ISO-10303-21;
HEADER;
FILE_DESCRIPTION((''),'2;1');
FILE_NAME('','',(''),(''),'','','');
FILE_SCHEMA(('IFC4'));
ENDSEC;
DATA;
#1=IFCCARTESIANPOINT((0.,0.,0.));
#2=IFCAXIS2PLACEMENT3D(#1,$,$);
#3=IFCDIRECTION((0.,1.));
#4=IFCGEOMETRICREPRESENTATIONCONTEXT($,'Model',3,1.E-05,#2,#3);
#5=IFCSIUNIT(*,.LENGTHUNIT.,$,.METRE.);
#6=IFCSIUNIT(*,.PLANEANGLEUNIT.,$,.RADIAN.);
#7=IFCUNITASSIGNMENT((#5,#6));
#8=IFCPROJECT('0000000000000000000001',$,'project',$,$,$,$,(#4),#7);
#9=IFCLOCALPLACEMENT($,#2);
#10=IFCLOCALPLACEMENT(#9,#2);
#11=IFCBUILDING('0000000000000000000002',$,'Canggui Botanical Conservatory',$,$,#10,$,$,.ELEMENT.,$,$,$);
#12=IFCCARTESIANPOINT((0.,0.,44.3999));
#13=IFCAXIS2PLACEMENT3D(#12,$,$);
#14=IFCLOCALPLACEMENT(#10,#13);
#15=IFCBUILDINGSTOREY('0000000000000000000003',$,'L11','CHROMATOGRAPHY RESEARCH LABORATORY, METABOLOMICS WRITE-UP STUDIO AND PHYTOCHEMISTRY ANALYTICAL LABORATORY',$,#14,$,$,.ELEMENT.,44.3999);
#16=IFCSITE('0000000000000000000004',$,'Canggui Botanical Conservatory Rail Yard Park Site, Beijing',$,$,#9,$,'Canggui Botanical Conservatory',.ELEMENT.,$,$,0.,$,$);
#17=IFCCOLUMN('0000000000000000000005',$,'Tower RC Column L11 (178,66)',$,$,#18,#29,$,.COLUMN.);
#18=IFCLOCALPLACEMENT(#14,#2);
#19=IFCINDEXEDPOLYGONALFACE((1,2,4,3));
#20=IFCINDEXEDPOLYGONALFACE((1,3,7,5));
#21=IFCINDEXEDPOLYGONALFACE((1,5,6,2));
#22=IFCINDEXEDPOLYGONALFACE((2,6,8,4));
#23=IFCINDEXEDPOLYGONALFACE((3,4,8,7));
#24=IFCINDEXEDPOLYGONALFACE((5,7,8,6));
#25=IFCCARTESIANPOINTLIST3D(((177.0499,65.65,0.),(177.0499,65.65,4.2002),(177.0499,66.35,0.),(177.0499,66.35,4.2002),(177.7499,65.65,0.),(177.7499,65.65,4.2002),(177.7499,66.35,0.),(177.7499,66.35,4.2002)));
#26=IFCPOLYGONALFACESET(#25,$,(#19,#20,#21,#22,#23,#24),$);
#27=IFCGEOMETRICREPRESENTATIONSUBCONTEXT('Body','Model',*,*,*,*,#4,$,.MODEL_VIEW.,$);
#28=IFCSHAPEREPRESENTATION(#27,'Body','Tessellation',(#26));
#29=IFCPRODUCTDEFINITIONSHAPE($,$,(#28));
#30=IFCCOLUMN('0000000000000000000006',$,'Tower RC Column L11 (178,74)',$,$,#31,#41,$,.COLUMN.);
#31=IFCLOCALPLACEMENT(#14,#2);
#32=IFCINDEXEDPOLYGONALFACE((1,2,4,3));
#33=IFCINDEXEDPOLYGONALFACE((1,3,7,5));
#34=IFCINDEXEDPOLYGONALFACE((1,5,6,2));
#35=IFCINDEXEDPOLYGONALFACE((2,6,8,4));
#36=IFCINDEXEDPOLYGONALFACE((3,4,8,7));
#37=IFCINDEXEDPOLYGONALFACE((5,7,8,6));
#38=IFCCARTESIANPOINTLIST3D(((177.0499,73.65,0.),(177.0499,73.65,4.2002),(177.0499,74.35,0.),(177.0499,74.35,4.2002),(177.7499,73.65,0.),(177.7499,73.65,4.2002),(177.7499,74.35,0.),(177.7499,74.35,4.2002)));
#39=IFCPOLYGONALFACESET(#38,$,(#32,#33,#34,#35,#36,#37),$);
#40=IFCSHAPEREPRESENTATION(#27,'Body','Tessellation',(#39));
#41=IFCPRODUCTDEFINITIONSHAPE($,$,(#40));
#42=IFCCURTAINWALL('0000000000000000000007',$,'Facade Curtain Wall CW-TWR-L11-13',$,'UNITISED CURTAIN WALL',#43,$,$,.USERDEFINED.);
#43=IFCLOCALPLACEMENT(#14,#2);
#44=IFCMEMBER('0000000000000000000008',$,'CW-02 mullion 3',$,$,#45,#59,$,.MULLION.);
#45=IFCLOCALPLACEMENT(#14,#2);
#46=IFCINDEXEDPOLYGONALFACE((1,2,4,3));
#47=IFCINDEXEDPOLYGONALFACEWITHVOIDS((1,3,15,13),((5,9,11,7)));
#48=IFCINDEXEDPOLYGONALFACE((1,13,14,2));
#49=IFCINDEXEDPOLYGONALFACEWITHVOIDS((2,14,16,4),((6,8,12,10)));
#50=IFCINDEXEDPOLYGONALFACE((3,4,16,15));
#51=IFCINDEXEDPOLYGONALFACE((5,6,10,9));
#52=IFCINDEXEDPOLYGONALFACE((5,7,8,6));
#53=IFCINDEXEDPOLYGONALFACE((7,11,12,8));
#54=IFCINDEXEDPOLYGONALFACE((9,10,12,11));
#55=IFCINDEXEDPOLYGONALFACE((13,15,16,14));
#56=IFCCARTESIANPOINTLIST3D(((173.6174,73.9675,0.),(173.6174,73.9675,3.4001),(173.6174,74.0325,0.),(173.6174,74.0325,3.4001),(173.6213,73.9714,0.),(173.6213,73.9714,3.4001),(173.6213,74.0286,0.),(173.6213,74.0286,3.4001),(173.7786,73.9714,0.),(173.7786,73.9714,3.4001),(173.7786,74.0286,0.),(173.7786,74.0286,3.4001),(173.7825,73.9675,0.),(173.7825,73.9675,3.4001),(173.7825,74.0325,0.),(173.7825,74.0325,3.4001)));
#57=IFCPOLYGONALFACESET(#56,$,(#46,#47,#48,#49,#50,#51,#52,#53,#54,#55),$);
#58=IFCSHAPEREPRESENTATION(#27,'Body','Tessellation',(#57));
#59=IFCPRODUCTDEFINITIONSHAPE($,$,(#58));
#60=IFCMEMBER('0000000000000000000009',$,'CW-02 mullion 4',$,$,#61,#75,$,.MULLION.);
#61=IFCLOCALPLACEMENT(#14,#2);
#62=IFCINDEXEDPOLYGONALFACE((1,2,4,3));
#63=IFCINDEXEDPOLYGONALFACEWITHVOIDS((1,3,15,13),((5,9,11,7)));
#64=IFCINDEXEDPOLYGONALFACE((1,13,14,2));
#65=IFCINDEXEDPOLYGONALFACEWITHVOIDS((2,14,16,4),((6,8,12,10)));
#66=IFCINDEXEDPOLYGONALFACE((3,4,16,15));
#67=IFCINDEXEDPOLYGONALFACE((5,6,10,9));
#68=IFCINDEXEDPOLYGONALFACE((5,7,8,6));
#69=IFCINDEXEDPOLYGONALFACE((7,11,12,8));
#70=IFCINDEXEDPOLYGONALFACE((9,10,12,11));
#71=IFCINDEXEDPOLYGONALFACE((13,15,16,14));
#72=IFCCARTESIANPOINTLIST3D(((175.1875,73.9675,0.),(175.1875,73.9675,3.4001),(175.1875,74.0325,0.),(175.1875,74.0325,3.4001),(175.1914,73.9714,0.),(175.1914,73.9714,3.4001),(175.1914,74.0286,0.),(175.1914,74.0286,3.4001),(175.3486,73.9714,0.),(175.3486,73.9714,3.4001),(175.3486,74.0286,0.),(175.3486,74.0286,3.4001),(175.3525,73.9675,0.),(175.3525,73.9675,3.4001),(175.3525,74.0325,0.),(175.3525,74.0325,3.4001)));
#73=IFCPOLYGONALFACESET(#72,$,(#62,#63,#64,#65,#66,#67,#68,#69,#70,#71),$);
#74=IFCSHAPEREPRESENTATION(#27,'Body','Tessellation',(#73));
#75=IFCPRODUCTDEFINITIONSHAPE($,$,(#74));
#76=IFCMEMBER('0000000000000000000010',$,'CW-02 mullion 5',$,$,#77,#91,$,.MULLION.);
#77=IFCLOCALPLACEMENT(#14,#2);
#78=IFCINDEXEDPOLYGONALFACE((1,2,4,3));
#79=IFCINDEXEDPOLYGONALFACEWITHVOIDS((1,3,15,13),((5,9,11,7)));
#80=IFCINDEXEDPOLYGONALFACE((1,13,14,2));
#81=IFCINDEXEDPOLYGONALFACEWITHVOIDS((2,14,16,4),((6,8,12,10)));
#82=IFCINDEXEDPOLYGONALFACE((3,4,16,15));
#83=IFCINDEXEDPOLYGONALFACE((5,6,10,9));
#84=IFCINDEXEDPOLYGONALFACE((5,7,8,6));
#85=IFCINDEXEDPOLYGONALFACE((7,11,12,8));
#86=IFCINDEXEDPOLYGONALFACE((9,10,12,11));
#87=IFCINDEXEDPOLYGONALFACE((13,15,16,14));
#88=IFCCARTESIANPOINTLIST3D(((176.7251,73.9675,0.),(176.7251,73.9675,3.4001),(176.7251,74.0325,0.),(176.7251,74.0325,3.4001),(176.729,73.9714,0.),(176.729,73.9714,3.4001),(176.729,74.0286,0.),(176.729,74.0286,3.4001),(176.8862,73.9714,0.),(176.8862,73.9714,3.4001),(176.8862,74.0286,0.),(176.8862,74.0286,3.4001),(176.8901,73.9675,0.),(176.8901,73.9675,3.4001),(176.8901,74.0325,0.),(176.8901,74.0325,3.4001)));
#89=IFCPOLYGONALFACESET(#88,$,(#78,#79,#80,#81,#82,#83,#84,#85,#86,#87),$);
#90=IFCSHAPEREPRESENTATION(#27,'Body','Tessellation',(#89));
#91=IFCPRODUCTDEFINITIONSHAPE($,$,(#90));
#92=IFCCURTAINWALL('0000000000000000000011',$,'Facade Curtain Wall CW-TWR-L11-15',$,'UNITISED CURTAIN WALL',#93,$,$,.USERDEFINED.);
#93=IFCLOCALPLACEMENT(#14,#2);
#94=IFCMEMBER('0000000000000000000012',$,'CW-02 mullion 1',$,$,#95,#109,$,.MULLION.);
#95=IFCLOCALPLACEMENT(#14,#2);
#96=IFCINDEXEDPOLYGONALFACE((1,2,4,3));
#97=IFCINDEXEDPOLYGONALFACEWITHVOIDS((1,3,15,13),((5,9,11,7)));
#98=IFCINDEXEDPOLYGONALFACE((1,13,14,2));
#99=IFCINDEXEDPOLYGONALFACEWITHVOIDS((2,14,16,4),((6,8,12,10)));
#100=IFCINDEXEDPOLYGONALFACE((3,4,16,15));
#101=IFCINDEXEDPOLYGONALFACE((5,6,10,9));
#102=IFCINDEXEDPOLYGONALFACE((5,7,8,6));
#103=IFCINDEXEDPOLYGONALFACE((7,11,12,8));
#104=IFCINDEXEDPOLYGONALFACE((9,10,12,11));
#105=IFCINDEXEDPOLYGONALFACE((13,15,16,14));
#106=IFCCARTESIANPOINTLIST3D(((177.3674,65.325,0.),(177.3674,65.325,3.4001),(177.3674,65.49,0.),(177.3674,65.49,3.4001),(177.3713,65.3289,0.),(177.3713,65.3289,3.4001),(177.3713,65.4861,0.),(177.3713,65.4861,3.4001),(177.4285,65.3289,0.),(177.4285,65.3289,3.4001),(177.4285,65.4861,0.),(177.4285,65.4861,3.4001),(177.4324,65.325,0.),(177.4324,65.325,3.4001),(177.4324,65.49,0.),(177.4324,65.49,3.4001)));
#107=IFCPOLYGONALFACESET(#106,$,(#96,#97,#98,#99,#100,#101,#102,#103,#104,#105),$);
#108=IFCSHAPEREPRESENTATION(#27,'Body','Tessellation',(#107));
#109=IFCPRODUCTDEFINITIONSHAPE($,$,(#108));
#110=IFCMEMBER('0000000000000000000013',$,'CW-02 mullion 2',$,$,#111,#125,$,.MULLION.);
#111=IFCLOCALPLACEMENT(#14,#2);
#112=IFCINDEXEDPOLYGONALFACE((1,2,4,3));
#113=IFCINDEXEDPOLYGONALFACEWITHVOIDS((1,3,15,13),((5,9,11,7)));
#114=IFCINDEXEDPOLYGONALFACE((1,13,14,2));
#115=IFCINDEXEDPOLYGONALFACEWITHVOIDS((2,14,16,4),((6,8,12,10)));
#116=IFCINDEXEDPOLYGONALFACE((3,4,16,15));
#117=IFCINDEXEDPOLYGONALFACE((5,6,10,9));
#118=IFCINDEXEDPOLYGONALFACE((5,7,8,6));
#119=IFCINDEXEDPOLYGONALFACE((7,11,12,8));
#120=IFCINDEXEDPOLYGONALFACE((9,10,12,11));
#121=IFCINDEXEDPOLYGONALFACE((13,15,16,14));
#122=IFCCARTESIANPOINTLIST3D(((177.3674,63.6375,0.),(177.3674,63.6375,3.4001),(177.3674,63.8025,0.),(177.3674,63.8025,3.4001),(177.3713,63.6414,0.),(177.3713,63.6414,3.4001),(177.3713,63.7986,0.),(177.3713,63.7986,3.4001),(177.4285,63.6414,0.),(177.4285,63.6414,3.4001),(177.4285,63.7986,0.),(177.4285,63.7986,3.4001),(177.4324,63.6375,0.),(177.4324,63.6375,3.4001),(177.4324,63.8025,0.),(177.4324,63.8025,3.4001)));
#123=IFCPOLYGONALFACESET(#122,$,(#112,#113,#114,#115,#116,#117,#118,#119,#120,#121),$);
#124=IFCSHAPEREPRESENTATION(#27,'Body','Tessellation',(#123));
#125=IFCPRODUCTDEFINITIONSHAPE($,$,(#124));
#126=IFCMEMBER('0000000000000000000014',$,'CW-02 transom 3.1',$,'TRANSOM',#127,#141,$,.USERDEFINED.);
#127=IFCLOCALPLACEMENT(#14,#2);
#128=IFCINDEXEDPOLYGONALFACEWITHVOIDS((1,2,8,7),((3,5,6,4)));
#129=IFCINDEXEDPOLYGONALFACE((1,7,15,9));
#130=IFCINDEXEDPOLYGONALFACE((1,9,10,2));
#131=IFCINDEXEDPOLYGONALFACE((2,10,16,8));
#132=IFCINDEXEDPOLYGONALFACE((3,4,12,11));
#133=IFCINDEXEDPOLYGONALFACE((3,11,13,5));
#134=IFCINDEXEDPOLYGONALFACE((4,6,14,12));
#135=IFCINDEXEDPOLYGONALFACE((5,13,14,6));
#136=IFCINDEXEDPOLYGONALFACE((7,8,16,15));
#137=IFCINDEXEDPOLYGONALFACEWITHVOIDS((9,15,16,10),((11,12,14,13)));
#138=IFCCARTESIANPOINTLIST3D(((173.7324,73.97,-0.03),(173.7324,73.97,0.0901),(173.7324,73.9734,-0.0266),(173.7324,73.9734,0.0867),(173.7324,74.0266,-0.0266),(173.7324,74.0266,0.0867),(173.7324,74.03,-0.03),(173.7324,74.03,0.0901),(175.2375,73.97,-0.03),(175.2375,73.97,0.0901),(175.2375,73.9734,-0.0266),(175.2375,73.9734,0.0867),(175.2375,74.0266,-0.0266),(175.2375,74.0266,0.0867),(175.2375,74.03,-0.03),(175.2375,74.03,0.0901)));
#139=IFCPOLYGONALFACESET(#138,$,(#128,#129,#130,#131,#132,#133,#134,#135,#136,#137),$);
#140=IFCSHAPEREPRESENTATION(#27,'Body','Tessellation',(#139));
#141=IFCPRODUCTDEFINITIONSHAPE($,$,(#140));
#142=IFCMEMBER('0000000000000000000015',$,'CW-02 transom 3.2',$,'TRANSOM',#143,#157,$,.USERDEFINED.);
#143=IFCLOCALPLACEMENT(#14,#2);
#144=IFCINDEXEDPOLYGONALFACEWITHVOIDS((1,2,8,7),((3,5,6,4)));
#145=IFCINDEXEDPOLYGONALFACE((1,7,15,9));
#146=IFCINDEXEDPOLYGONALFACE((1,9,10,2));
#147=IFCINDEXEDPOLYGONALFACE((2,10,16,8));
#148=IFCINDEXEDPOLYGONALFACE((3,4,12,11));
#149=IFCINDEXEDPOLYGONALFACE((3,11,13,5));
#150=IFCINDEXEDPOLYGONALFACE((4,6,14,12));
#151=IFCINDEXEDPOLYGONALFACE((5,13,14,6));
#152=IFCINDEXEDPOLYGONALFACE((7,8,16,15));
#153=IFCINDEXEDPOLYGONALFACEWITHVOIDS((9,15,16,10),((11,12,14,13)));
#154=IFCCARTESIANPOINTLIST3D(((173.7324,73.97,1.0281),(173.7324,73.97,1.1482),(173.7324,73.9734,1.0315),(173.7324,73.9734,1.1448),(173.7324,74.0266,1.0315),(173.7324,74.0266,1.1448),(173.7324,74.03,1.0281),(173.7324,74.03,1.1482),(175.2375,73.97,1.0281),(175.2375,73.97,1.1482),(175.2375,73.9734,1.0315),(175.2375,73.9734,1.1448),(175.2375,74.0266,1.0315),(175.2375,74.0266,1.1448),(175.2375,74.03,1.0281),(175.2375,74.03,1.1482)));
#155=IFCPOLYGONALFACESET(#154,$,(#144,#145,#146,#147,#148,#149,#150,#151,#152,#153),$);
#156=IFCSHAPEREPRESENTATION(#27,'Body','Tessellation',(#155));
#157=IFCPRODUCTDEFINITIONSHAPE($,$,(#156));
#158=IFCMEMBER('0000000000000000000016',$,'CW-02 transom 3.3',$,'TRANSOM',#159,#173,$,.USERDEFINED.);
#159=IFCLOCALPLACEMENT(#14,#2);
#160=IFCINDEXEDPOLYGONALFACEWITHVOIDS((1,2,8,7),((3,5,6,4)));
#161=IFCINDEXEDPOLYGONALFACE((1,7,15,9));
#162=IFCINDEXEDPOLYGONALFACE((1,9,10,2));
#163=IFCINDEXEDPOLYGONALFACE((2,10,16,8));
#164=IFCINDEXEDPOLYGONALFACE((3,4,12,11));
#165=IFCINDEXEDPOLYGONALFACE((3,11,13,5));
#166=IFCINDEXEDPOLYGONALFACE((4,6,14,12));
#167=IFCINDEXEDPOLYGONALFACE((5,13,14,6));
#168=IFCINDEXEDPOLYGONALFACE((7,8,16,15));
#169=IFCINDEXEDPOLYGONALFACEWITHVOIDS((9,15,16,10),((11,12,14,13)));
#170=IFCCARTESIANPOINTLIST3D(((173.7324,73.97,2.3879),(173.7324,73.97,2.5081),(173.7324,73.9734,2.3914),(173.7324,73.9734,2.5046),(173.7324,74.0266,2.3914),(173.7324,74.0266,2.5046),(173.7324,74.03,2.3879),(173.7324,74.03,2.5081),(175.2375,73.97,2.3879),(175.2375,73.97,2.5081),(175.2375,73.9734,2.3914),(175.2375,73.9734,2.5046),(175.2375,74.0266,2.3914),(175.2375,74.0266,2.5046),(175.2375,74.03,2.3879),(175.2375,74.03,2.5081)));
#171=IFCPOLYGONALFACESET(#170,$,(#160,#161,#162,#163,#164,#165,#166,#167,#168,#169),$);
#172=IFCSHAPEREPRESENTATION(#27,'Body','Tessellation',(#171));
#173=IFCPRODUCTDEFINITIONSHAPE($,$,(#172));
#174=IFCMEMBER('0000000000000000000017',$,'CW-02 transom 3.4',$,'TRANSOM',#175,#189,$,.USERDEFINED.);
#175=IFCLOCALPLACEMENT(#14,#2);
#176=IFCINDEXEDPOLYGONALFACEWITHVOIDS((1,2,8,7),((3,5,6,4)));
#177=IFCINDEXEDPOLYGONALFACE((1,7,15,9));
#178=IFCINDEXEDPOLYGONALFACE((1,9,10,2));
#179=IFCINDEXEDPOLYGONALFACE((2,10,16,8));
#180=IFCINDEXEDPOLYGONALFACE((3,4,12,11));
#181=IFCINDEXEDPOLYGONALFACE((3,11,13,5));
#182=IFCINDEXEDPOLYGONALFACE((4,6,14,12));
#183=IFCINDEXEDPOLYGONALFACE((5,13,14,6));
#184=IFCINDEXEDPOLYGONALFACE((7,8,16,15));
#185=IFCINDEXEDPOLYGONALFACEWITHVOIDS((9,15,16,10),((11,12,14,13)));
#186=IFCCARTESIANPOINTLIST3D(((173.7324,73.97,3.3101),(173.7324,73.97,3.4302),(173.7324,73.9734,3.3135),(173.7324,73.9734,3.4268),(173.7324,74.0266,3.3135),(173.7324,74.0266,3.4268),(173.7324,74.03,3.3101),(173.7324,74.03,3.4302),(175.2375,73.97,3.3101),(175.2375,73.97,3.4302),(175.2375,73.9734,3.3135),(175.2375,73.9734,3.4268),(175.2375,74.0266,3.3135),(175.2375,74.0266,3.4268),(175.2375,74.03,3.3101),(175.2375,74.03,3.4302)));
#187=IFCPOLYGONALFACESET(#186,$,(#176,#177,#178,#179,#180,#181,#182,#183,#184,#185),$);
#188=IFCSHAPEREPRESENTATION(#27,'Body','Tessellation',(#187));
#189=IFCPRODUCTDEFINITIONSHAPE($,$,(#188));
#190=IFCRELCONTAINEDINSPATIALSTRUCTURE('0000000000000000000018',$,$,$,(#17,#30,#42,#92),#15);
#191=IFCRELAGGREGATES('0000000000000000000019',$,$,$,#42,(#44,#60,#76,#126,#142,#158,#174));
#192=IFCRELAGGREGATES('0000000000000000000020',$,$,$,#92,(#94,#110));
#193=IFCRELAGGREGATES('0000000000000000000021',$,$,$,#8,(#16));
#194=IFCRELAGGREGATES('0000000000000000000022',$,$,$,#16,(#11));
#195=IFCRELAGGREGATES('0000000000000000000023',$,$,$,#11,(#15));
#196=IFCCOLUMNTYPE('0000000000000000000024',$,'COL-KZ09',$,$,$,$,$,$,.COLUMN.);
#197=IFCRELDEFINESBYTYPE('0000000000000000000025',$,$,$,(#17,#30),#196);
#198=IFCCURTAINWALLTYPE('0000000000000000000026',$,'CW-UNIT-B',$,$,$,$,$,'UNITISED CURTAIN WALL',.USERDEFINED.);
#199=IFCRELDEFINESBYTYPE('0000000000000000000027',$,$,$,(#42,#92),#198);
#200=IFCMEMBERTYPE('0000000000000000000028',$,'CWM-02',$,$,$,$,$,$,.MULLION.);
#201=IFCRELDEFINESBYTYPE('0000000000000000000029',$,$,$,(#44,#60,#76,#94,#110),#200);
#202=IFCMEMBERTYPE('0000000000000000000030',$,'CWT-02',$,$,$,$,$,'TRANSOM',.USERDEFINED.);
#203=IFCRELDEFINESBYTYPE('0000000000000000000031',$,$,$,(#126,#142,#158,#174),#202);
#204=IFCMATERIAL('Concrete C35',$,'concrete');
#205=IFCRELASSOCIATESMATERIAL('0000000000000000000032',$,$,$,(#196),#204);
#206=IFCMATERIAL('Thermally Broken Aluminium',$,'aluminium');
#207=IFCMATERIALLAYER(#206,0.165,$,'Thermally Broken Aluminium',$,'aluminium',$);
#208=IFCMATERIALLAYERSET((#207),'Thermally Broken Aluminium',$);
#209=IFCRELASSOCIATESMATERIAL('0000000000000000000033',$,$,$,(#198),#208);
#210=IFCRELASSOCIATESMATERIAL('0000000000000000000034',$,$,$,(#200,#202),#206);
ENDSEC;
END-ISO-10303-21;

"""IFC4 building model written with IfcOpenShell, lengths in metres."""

from ifc_helpers import new_model, si_unit, direction, frame, origin, origin_2d, place, context, subcontext, project, spatial, rectangle, hollow_rectangle, extrude, material, layer, layer_set, material_profile, profile_set, type_object, element, aggregate, save


model = new_model("IFC4")

# Units and contexts
model_context = context("Model", 3, precision=1e-05, world=origin(), true_north=direction((0.0, 1.0)))
body_context = subcontext(model_context, "Body", "Model", "MODEL_VIEW")
ifc_project = project(units=[si_unit("LENGTHUNIT", "METRE"), si_unit("PLANEANGLEUNIT", "RADIAN")], contexts=[model_context])

# Site, building, storey
site_placement = place(None, origin())
site = spatial("IfcSite", under=ifc_project, at=site_placement, Name="Canggui Botanical Conservatory Rail Yard Park Site, Beijing", LongName="Canggui Botanical Conservatory", CompositionType="ELEMENT", RefElevation=0.0)
building_placement = place(site_placement, origin())
building = spatial("IfcBuilding", under=site, at=building_placement, Name="Canggui Botanical Conservatory", CompositionType="ELEMENT")
storey_placement = place(building_placement, frame((0.0, 0.0, 44.3999)))
storey = spatial("IfcBuildingStorey", under=building, at=storey_placement, Name="L11", Description="CHROMATOGRAPHY RESEARCH LABORATORY, METABOLOMICS WRITE-UP STUDIO AND PHYTOCHEMISTRY ANALYTICAL LABORATORY", CompositionType="ELEMENT", Elevation=44.3999)

# Columns
ifc_material_1 = material(Name="Concrete C35", Category="concrete")
ifc_material_profile_1 = material_profile(ifc_material_1, rectangle(XDim=0.7, YDim=0.7, at=origin_2d()), Name="RC 700x700")
ifc_profile_set_1 = profile_set([ifc_material_profile_1], Name="Concrete C35")
column_type = type_object("IfcColumnType", Name="COL-KZ09", PredefinedType="COLUMN", material=ifc_profile_set_1)
for number, where, z_axis, x_axis, name in (
    (1, (177.3999, 66.0, 0.0), (0.0, 0.0, 1.0), (1.0, 0.0, 0.0), "Tower RC Column L11 (178,66)"),
    (2, (177.3999, 74.0, 0.0), (0.0, 0.0, 1.0), (1.0, 0.0, 0.0), "Tower RC Column L11 (178,74)"),
):
    element("IfcColumn", number, at=place(storey_placement, frame(where, z_axis=z_axis, x_axis=x_axis)), inside=storey, type_object=column_type, Name=name, PredefinedType="COLUMN", context=body_context, shape_type="SweptSolid", body=[
        extrude(rectangle(XDim=0.7, YDim=0.7, at=origin_2d()), origin(), (0.0, 0.0, 1.0), 4.2002),
    ])

# Curtain walls, members
ifc_material_2 = material(Name="Thermally Broken Aluminium", Category="aluminium")
ifc_layer_1 = layer(ifc_material_2, 0.165, Name="Thermally Broken Aluminium", Category="aluminium")
ifc_layer_set_1 = layer_set([ifc_layer_1], Name="Thermally Broken Aluminium")
curtain_wall_type = type_object("IfcCurtainWallType", Name="CW-UNIT-B", ElementType="UNITISED CURTAIN WALL", PredefinedType="USERDEFINED", material=ifc_layer_set_1)
curtain_wall_1_placement = place(storey_placement, origin())
curtain_wall_1 = element("IfcCurtainWall", 3, at=curtain_wall_1_placement, inside=storey, type_object=curtain_wall_type, Name="Facade Curtain Wall CW-TWR-L11-13", ObjectType="UNITISED CURTAIN WALL", PredefinedType="USERDEFINED")
ifc_material_profile_2 = material_profile(ifc_material_2, hollow_rectangle(XDim=0.0649, YDim=0.165, WallThickness=0.0039, at=origin_2d()), Name="CWM 65x165x4")
ifc_profile_set_2 = profile_set([ifc_material_profile_2], Name="Thermally Broken Aluminium")
member_type_1 = type_object("IfcMemberType", Name="CWM-02", PredefinedType="MULLION", material=ifc_profile_set_2)
member_1_placement = place(storey_placement, frame((173.7, 74.0, 0.0), z_axis=(0.0, 0.0, 1.0), x_axis=(0.0, 1.0, 0.0)))
member_1 = element("IfcMember", 4, at=member_1_placement, type_object=member_type_1, Name="CW-02 mullion 3", PredefinedType="MULLION", context=body_context, shape_type="SweptSolid", body=[
    extrude(hollow_rectangle(XDim=0.0649, YDim=0.165, WallThickness=0.0039, at=origin_2d()), origin(), (0.0, 0.0, 1.0), 3.4001),
])
member_2_placement = place(storey_placement, frame((175.27, 74.0, 0.0), z_axis=(0.0, 0.0, 1.0), x_axis=(0.0, 1.0, 0.0)))
member_2 = element("IfcMember", 5, at=member_2_placement, type_object=member_type_1, Name="CW-02 mullion 4", PredefinedType="MULLION", context=body_context, shape_type="SweptSolid", body=[
    extrude(hollow_rectangle(XDim=0.0649, YDim=0.165, WallThickness=0.0039, at=origin_2d()), origin(), (0.0, 0.0, 1.0), 3.4001),
])
member_3_placement = place(storey_placement, frame((176.8076, 74.0, 0.0), z_axis=(0.0, 0.0, 1.0), x_axis=(0.0, 1.0, 0.0)))
member_3 = element("IfcMember", 6, at=member_3_placement, type_object=member_type_1, Name="CW-02 mullion 5", PredefinedType="MULLION", context=body_context, shape_type="SweptSolid", body=[
    extrude(hollow_rectangle(XDim=0.0649, YDim=0.165, WallThickness=0.0039, at=origin_2d()), origin(), (0.0, 0.0, 1.0), 3.4001),
])
curtain_wall_2_placement = place(storey_placement, origin())
curtain_wall_2 = element("IfcCurtainWall", 7, at=curtain_wall_2_placement, inside=storey, type_object=curtain_wall_type, Name="Facade Curtain Wall CW-TWR-L11-15", ObjectType="UNITISED CURTAIN WALL", PredefinedType="USERDEFINED")
member_4_placement = place(storey_placement, frame((177.3999, 65.4075, 0.0), z_axis=(0.0, 0.0, 1.0), x_axis=(1.0, 0.0, 0.0)))
member_4 = element("IfcMember", 8, at=member_4_placement, type_object=member_type_1, Name="CW-02 mullion 1", PredefinedType="MULLION", context=body_context, shape_type="SweptSolid", body=[
    extrude(hollow_rectangle(XDim=0.0649, YDim=0.165, WallThickness=0.0039, at=origin_2d()), origin(), (0.0, 0.0, 1.0), 3.4001),
])
member_5_placement = place(storey_placement, frame((177.3999, 63.72, 0.0), z_axis=(0.0, 0.0, 1.0), x_axis=(1.0, 0.0, 0.0)))
member_5 = element("IfcMember", 9, at=member_5_placement, type_object=member_type_1, Name="CW-02 mullion 2", PredefinedType="MULLION", context=body_context, shape_type="SweptSolid", body=[
    extrude(hollow_rectangle(XDim=0.0649, YDim=0.165, WallThickness=0.0039, at=origin_2d()), origin(), (0.0, 0.0, 1.0), 3.4001),
])

# Members
ifc_material_profile_3 = material_profile(ifc_material_2, hollow_rectangle(XDim=0.0601, YDim=0.1201, WallThickness=0.0034, at=origin_2d()), Name="CWT 60x120x3.5")
ifc_profile_set_3 = profile_set([ifc_material_profile_3], Name="Thermally Broken Aluminium")
member_type_2 = type_object("IfcMemberType", Name="CWT-02", ElementType="TRANSOM", PredefinedType="USERDEFINED", material=ifc_profile_set_3)
member_6_placement = place(storey_placement, frame((173.7324, 74.0, 0.03), z_axis=(1.0, 0.0, 0.0), x_axis=(0.0, 1.0, 0.0)))
member_6 = element("IfcMember", 10, at=member_6_placement, type_object=member_type_2, Name="CW-02 transom 3.1", ObjectType="TRANSOM", PredefinedType="USERDEFINED", context=body_context, shape_type="SweptSolid", body=[
    extrude(hollow_rectangle(XDim=0.0601, YDim=0.1201, WallThickness=0.0034, at=origin_2d()), origin(), (0.0, 0.0, 1.0), 1.5051),
])
member_7_placement = place(storey_placement, frame((173.7324, 74.0, 1.0881), z_axis=(1.0, 0.0, 0.0), x_axis=(0.0, 1.0, 0.0)))
member_7 = element("IfcMember", 11, at=member_7_placement, type_object=member_type_2, Name="CW-02 transom 3.2", ObjectType="TRANSOM", PredefinedType="USERDEFINED", context=body_context, shape_type="SweptSolid", body=[
    extrude(hollow_rectangle(XDim=0.0601, YDim=0.1201, WallThickness=0.0034, at=origin_2d()), origin(), (0.0, 0.0, 1.0), 1.5051),
])
member_8_placement = place(storey_placement, frame((173.7324, 74.0, 2.448), z_axis=(1.0, 0.0, 0.0), x_axis=(0.0, 1.0, 0.0)))
member_8 = element("IfcMember", 12, at=member_8_placement, type_object=member_type_2, Name="CW-02 transom 3.3", ObjectType="TRANSOM", PredefinedType="USERDEFINED", context=body_context, shape_type="SweptSolid", body=[
    extrude(hollow_rectangle(XDim=0.0601, YDim=0.1201, WallThickness=0.0034, at=origin_2d()), origin(), (0.0, 0.0, 1.0), 1.5051),
])
member_9_placement = place(storey_placement, frame((173.7324, 74.0, 3.3701), z_axis=(1.0, 0.0, 0.0), x_axis=(0.0, 1.0, 0.0)))
member_9 = element("IfcMember", 13, at=member_9_placement, type_object=member_type_2, Name="CW-02 transom 3.4", ObjectType="TRANSOM", PredefinedType="USERDEFINED", context=body_context, shape_type="SweptSolid", body=[
    extrude(hollow_rectangle(XDim=0.0601, YDim=0.1201, WallThickness=0.0034, at=origin_2d()), origin(), (0.0, 0.0, 1.0), 1.5051),
])

aggregate(curtain_wall_1, [member_1, member_2, member_3, member_6, member_7, member_8, member_9])
aggregate(curtain_wall_2, [member_4, member_5])

save(model, "model.ifc")
